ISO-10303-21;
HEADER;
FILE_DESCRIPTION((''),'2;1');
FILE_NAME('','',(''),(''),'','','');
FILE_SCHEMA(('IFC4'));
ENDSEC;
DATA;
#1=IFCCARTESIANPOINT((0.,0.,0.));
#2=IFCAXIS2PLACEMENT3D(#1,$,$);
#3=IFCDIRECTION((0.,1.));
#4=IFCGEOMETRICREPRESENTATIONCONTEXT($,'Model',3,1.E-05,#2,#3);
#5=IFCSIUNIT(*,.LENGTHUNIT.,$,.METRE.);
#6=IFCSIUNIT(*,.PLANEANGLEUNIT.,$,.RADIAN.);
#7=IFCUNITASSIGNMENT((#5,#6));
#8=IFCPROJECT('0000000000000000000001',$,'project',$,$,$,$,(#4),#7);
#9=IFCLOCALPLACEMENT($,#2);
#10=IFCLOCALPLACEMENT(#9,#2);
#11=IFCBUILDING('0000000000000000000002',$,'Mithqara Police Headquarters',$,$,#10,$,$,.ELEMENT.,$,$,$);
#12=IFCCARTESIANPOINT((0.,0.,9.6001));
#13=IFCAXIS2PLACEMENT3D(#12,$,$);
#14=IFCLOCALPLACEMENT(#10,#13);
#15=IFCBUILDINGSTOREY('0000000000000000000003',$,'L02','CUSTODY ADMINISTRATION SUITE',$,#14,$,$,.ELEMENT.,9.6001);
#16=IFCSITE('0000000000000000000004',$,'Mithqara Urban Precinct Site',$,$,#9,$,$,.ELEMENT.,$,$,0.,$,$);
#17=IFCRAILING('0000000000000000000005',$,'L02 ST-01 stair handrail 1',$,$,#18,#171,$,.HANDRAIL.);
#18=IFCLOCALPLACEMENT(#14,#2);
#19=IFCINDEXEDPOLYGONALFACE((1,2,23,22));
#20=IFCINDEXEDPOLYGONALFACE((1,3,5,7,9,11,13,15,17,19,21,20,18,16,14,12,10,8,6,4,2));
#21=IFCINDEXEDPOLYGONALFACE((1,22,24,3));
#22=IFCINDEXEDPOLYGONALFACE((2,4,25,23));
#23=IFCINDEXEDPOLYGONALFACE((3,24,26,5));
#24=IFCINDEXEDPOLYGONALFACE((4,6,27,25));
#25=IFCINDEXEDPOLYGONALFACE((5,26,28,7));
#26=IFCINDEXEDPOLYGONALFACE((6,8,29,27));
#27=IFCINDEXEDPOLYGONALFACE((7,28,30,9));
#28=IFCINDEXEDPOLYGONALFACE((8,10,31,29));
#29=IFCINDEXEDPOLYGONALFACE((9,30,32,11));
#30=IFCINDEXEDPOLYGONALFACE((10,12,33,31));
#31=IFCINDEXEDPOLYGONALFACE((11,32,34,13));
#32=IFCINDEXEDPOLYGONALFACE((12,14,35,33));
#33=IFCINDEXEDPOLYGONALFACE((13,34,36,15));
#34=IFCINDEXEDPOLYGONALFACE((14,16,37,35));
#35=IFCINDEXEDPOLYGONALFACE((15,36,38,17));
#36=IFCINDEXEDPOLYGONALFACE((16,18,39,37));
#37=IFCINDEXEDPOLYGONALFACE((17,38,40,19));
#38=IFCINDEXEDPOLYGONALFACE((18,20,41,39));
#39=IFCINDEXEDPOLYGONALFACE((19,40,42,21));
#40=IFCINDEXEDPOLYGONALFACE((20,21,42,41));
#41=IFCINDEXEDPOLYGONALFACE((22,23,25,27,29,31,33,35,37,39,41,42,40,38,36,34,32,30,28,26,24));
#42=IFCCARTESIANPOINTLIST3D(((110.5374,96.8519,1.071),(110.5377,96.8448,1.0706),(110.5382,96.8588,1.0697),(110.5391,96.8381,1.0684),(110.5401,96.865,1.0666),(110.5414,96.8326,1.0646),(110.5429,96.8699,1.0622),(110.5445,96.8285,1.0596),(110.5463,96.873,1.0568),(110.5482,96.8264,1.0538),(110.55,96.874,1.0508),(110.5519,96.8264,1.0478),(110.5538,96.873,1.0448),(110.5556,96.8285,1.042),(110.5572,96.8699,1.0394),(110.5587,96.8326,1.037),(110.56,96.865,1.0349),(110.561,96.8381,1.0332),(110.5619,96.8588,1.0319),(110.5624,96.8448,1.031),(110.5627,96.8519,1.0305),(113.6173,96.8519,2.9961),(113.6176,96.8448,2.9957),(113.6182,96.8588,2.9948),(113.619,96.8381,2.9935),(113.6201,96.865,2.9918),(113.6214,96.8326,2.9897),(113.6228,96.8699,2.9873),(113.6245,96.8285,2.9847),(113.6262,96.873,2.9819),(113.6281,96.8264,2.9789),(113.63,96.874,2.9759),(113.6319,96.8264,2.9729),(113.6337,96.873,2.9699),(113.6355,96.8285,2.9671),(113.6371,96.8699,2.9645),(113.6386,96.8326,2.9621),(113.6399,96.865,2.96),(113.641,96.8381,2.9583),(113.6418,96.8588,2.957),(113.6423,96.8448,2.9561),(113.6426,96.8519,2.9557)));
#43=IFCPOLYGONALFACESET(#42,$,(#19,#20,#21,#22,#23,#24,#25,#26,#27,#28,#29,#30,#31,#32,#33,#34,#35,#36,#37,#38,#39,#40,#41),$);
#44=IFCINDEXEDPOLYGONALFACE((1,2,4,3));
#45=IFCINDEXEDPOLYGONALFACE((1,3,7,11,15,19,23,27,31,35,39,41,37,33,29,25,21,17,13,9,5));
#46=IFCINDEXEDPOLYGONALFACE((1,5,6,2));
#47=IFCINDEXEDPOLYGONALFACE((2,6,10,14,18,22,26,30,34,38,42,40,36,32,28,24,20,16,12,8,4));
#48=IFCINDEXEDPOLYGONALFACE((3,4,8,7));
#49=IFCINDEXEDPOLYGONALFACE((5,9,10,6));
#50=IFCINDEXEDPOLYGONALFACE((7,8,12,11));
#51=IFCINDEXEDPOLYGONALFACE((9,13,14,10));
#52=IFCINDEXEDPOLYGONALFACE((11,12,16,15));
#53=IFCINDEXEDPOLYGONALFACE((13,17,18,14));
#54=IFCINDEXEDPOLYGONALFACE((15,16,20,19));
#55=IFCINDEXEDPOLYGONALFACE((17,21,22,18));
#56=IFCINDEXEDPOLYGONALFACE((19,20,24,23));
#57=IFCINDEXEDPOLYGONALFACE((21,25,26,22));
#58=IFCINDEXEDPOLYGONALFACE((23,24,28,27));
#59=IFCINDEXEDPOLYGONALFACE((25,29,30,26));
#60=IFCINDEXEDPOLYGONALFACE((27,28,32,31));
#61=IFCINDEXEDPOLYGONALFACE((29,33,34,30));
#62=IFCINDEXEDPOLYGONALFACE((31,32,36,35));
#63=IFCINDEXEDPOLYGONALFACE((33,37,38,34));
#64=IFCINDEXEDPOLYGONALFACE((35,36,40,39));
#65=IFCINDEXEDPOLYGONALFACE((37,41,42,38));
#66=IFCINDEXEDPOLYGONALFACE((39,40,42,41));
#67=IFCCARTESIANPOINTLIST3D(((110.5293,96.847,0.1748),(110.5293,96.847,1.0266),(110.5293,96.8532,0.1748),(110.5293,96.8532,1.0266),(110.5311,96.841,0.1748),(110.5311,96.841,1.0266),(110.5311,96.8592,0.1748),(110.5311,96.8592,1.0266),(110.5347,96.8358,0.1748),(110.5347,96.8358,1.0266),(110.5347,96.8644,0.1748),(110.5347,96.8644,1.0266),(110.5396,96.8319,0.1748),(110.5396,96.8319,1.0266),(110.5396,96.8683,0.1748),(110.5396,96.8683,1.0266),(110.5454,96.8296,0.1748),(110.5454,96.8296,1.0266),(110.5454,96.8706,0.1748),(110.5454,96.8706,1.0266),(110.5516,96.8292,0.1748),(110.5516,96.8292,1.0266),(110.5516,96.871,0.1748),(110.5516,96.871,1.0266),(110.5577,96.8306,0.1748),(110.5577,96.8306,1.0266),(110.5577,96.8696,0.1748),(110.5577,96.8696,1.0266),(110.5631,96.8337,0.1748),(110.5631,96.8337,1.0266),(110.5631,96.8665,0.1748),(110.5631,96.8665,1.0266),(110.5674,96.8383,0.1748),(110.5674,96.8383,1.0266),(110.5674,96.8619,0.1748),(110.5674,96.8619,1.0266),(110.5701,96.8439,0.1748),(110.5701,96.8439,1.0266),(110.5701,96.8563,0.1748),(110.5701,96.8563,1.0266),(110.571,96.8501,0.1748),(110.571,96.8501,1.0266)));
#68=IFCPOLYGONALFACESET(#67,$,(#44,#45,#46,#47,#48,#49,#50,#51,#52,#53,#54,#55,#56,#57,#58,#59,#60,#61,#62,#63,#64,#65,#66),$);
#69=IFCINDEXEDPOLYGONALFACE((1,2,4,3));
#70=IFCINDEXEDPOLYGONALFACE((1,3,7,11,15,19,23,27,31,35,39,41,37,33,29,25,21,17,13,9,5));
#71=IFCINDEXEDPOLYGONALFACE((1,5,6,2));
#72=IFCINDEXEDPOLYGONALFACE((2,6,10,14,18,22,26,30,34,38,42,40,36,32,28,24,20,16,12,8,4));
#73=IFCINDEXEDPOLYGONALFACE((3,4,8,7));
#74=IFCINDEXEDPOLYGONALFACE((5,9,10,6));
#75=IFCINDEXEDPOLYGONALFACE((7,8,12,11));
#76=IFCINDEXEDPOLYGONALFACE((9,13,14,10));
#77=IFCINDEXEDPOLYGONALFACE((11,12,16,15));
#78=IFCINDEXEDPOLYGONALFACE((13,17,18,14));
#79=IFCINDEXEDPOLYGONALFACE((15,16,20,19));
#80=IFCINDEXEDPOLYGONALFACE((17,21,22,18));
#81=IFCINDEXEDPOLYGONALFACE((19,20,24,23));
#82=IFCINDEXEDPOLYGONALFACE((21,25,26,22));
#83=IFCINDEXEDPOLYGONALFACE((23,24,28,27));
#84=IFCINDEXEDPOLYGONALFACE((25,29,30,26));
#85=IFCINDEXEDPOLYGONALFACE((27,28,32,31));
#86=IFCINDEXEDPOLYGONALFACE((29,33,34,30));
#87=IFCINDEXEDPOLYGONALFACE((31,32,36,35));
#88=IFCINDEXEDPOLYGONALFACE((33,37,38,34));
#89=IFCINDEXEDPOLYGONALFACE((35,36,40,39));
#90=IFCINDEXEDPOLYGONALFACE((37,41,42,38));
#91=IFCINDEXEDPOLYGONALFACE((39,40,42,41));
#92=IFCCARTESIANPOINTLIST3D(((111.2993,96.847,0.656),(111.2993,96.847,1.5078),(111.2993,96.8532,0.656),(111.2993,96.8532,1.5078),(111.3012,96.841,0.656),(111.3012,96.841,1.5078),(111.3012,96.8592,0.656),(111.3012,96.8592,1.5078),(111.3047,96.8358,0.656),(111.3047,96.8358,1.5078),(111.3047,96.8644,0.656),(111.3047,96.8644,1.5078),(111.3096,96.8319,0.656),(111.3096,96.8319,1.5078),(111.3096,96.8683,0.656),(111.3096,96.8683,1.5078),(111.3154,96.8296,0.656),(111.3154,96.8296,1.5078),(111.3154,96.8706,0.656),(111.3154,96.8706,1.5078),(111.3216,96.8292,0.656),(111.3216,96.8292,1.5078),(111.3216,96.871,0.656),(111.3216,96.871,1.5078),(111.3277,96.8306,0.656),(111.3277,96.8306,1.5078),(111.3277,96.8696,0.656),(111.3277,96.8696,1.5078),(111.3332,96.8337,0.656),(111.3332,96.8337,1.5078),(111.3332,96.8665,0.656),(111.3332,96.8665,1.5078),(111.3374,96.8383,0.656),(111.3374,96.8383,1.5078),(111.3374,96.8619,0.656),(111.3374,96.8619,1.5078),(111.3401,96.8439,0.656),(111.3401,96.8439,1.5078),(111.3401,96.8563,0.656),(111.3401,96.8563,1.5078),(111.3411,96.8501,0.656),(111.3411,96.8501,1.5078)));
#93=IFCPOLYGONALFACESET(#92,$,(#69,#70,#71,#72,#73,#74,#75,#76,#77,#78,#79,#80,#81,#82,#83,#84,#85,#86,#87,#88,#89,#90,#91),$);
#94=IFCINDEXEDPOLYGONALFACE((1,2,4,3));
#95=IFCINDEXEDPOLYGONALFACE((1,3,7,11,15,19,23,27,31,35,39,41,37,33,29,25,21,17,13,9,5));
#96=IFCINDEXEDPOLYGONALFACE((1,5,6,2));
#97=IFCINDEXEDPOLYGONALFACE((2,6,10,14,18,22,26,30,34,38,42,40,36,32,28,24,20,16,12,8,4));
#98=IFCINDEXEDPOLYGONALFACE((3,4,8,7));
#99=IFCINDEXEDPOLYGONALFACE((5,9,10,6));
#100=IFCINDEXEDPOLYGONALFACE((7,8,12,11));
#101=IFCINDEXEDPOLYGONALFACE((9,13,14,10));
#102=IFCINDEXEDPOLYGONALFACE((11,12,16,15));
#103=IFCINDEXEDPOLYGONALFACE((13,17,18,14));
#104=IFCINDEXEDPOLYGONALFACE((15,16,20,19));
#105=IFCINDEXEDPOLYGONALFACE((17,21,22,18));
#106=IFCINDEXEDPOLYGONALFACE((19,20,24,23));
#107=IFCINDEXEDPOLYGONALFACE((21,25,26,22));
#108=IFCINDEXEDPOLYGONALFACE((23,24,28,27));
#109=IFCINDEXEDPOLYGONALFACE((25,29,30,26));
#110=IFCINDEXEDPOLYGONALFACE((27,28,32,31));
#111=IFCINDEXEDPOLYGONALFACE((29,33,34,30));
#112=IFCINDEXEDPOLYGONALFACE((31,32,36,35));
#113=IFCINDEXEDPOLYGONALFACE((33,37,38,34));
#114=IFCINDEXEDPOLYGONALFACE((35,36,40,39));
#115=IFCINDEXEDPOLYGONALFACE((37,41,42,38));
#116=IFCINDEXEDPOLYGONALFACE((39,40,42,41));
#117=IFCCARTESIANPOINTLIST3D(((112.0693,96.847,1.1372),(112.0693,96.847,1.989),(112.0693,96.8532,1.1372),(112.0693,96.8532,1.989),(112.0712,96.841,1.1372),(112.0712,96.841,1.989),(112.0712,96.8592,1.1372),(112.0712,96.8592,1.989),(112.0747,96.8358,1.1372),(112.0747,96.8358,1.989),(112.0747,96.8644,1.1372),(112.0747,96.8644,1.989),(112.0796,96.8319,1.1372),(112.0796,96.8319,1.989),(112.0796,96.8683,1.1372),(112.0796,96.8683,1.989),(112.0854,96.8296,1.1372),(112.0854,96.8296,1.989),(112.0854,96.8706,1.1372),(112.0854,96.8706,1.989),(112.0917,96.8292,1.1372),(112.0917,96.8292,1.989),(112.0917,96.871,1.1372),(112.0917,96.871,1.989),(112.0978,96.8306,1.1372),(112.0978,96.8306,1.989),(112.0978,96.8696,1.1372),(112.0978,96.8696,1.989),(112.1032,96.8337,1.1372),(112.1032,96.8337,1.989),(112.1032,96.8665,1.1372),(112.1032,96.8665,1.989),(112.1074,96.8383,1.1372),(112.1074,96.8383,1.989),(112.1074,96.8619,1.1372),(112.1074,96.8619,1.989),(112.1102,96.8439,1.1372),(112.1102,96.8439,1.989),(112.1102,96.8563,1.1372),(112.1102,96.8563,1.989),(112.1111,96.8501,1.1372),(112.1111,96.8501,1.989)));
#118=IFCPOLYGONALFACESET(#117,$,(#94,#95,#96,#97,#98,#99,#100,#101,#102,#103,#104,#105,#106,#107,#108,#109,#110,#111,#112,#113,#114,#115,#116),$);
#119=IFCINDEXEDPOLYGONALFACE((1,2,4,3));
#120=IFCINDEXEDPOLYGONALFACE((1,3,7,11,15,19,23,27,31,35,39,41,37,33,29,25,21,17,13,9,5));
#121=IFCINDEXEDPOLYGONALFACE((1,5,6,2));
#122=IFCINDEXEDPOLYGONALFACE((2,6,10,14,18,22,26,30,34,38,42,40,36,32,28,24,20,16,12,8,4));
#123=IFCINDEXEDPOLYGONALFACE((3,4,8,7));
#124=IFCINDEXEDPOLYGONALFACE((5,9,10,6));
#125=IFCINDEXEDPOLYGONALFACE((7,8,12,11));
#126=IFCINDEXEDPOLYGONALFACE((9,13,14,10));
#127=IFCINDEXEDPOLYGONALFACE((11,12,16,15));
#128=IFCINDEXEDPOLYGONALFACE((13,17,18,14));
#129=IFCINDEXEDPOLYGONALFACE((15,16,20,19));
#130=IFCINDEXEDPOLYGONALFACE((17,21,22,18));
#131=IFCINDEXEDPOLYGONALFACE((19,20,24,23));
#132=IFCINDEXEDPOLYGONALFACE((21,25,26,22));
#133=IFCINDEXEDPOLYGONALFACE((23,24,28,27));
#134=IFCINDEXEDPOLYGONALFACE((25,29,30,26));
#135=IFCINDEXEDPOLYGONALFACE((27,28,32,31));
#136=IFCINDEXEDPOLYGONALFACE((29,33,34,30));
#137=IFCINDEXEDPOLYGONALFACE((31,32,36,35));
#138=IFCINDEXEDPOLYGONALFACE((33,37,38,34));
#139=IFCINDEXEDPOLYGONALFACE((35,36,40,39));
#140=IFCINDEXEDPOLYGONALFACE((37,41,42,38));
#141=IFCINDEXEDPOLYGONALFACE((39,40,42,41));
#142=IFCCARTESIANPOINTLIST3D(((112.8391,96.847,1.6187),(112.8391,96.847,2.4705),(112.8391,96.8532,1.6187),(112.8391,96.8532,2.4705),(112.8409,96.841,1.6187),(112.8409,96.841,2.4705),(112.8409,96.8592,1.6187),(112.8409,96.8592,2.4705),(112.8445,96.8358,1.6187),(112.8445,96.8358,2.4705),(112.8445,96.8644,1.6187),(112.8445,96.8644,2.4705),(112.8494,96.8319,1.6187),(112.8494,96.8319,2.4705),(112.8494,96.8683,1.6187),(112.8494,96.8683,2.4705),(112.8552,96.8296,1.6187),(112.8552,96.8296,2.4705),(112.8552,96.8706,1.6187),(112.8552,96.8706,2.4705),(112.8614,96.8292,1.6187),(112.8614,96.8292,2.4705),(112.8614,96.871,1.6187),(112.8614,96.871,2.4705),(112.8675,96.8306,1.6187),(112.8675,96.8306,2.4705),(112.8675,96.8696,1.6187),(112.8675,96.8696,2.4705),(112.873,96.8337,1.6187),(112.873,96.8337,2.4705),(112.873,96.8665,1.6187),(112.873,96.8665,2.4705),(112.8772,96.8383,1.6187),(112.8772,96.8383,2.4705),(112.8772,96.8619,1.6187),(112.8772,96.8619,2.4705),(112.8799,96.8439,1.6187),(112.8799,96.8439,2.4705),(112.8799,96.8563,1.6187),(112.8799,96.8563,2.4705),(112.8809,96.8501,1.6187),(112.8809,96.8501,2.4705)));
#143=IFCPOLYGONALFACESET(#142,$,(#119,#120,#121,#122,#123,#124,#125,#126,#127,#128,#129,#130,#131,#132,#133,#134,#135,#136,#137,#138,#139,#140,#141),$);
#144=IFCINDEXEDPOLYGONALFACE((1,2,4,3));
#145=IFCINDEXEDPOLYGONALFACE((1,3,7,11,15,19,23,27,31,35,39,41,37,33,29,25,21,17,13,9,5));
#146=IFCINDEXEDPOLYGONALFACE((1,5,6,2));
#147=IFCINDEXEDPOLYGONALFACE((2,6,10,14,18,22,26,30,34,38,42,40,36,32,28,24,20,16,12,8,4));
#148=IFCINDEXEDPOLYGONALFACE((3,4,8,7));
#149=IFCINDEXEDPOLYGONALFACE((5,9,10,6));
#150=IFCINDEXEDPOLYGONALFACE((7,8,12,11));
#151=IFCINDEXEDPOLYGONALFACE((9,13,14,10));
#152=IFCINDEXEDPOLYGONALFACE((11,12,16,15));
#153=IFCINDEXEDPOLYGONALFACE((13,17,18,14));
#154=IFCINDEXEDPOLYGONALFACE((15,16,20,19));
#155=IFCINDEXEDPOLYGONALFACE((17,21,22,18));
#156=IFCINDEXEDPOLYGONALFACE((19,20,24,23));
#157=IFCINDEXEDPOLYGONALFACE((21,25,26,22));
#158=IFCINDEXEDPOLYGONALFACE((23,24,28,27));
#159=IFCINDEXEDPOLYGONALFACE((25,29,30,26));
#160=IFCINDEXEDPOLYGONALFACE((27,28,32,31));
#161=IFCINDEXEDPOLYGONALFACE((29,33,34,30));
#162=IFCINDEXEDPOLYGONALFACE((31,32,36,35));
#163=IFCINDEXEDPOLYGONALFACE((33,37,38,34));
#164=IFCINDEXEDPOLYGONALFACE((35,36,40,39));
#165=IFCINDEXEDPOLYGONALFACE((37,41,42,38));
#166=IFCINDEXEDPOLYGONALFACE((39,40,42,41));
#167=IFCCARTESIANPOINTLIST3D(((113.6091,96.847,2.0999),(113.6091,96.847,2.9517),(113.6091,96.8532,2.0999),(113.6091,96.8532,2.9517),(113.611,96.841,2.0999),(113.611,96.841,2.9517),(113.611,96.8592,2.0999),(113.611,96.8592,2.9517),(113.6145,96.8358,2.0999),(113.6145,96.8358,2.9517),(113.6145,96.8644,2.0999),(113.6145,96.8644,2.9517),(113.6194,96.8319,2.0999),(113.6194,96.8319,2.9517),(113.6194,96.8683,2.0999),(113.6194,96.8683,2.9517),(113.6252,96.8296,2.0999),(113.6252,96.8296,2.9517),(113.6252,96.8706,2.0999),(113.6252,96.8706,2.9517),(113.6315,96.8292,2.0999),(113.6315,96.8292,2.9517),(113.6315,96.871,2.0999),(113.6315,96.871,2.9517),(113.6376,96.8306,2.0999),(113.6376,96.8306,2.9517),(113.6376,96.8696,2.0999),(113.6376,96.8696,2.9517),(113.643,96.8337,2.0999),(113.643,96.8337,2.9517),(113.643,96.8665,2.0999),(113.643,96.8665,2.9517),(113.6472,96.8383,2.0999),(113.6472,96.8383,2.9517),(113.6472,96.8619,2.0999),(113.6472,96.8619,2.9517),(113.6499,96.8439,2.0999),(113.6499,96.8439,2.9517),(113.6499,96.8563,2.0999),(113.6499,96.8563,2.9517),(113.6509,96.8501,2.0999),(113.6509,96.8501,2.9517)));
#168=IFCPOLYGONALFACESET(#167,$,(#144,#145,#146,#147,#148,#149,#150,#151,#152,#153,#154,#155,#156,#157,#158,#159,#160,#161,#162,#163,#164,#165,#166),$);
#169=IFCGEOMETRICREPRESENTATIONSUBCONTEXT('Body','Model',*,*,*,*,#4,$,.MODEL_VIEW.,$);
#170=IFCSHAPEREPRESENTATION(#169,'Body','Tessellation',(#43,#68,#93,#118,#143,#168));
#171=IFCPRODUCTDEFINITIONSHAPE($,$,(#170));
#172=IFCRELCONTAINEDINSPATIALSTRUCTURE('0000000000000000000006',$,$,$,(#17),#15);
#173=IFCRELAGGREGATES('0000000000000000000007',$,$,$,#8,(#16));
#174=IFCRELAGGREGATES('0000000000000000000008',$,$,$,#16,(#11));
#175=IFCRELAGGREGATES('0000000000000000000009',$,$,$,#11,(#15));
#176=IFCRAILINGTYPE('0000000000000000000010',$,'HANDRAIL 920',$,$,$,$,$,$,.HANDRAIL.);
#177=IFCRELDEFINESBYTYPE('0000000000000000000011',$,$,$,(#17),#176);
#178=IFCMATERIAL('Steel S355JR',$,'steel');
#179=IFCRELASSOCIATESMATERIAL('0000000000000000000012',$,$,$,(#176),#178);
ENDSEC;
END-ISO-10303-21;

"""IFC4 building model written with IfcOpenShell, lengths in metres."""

from ifc_helpers import new_model, si_unit, direction, frame, origin, origin_2d, place, context, subcontext, project, spatial, circle, extrude, material, type_object, element, save


model = new_model("IFC4")

# Units and contexts
model_context = context("Model", 3, precision=1e-05, world=origin(), true_north=direction((0.0, 1.0)))
body_context = subcontext(model_context, "Body", "Model", "MODEL_VIEW")
ifc_project = project(units=[si_unit("LENGTHUNIT", "METRE"), si_unit("PLANEANGLEUNIT", "RADIAN")], contexts=[model_context])

# Site, building, storey
site_placement = place(None, origin())
site = spatial("IfcSite", under=ifc_project, at=site_placement, Name="Mithqara Urban Precinct Site", CompositionType="ELEMENT", RefElevation=0.0)
building_placement = place(site_placement, origin())
building = spatial("IfcBuilding", under=site, at=building_placement, Name="Mithqara Police Headquarters", CompositionType="ELEMENT")
storey_placement = place(building_placement, frame((0.0, 0.0, 9.6001)))
storey = spatial("IfcBuildingStorey", under=building, at=storey_placement, Name="L02", Description="CUSTODY ADMINISTRATION SUITE", CompositionType="ELEMENT", Elevation=9.6001)

# Shared definitions
ifc_material_1 = material(Name="Steel S355JR", Category="steel")

# Railing
railing_type_1 = type_object("IfcRailingType", Name="HANDRAIL 920", PredefinedType="HANDRAIL", material=ifc_material_1)
railing_1_placement = place(storey_placement, frame((110.55, 96.8501, 0.1748)))
element("IfcRailing", 1, at=railing_1_placement, inside=storey, type_object=railing_type_1, Name="L02 ST-01 stair handrail 1", PredefinedType="HANDRAIL", context=body_context, shape_type="SweptSolid", body=[
    extrude(circle(Radius=0.0239, at=origin_2d()), frame((0.0, 0.0, 0.876), z_axis=(0.847979, 0.0, 0.530029), x_axis=(0.0, 1.0, 0.0)), (0.0, 0.0, 1.0), 3.6321),
    extrude(circle(Radius=0.021, at=origin_2d()), origin(), (0.0, 0.0, 1.0), 0.8518),
    extrude(circle(Radius=0.021, at=origin_2d()), frame((0.77, 0.0, 0.4812)), (0.0, 0.0, 1.0), 0.8518),
    extrude(circle(Radius=0.021, at=origin_2d()), frame((1.54, 0.0, 0.9624)), (0.0, 0.0, 1.0), 0.8518),
    extrude(circle(Radius=0.021, at=origin_2d()), frame((2.3098, 0.0, 1.4438)), (0.0, 0.0, 1.0), 0.8518),
    extrude(circle(Radius=0.021, at=origin_2d()), frame((3.0798, 0.0, 1.925)), (0.0, 0.0, 1.0), 0.8518),
])

save(model, "model.ifc")
